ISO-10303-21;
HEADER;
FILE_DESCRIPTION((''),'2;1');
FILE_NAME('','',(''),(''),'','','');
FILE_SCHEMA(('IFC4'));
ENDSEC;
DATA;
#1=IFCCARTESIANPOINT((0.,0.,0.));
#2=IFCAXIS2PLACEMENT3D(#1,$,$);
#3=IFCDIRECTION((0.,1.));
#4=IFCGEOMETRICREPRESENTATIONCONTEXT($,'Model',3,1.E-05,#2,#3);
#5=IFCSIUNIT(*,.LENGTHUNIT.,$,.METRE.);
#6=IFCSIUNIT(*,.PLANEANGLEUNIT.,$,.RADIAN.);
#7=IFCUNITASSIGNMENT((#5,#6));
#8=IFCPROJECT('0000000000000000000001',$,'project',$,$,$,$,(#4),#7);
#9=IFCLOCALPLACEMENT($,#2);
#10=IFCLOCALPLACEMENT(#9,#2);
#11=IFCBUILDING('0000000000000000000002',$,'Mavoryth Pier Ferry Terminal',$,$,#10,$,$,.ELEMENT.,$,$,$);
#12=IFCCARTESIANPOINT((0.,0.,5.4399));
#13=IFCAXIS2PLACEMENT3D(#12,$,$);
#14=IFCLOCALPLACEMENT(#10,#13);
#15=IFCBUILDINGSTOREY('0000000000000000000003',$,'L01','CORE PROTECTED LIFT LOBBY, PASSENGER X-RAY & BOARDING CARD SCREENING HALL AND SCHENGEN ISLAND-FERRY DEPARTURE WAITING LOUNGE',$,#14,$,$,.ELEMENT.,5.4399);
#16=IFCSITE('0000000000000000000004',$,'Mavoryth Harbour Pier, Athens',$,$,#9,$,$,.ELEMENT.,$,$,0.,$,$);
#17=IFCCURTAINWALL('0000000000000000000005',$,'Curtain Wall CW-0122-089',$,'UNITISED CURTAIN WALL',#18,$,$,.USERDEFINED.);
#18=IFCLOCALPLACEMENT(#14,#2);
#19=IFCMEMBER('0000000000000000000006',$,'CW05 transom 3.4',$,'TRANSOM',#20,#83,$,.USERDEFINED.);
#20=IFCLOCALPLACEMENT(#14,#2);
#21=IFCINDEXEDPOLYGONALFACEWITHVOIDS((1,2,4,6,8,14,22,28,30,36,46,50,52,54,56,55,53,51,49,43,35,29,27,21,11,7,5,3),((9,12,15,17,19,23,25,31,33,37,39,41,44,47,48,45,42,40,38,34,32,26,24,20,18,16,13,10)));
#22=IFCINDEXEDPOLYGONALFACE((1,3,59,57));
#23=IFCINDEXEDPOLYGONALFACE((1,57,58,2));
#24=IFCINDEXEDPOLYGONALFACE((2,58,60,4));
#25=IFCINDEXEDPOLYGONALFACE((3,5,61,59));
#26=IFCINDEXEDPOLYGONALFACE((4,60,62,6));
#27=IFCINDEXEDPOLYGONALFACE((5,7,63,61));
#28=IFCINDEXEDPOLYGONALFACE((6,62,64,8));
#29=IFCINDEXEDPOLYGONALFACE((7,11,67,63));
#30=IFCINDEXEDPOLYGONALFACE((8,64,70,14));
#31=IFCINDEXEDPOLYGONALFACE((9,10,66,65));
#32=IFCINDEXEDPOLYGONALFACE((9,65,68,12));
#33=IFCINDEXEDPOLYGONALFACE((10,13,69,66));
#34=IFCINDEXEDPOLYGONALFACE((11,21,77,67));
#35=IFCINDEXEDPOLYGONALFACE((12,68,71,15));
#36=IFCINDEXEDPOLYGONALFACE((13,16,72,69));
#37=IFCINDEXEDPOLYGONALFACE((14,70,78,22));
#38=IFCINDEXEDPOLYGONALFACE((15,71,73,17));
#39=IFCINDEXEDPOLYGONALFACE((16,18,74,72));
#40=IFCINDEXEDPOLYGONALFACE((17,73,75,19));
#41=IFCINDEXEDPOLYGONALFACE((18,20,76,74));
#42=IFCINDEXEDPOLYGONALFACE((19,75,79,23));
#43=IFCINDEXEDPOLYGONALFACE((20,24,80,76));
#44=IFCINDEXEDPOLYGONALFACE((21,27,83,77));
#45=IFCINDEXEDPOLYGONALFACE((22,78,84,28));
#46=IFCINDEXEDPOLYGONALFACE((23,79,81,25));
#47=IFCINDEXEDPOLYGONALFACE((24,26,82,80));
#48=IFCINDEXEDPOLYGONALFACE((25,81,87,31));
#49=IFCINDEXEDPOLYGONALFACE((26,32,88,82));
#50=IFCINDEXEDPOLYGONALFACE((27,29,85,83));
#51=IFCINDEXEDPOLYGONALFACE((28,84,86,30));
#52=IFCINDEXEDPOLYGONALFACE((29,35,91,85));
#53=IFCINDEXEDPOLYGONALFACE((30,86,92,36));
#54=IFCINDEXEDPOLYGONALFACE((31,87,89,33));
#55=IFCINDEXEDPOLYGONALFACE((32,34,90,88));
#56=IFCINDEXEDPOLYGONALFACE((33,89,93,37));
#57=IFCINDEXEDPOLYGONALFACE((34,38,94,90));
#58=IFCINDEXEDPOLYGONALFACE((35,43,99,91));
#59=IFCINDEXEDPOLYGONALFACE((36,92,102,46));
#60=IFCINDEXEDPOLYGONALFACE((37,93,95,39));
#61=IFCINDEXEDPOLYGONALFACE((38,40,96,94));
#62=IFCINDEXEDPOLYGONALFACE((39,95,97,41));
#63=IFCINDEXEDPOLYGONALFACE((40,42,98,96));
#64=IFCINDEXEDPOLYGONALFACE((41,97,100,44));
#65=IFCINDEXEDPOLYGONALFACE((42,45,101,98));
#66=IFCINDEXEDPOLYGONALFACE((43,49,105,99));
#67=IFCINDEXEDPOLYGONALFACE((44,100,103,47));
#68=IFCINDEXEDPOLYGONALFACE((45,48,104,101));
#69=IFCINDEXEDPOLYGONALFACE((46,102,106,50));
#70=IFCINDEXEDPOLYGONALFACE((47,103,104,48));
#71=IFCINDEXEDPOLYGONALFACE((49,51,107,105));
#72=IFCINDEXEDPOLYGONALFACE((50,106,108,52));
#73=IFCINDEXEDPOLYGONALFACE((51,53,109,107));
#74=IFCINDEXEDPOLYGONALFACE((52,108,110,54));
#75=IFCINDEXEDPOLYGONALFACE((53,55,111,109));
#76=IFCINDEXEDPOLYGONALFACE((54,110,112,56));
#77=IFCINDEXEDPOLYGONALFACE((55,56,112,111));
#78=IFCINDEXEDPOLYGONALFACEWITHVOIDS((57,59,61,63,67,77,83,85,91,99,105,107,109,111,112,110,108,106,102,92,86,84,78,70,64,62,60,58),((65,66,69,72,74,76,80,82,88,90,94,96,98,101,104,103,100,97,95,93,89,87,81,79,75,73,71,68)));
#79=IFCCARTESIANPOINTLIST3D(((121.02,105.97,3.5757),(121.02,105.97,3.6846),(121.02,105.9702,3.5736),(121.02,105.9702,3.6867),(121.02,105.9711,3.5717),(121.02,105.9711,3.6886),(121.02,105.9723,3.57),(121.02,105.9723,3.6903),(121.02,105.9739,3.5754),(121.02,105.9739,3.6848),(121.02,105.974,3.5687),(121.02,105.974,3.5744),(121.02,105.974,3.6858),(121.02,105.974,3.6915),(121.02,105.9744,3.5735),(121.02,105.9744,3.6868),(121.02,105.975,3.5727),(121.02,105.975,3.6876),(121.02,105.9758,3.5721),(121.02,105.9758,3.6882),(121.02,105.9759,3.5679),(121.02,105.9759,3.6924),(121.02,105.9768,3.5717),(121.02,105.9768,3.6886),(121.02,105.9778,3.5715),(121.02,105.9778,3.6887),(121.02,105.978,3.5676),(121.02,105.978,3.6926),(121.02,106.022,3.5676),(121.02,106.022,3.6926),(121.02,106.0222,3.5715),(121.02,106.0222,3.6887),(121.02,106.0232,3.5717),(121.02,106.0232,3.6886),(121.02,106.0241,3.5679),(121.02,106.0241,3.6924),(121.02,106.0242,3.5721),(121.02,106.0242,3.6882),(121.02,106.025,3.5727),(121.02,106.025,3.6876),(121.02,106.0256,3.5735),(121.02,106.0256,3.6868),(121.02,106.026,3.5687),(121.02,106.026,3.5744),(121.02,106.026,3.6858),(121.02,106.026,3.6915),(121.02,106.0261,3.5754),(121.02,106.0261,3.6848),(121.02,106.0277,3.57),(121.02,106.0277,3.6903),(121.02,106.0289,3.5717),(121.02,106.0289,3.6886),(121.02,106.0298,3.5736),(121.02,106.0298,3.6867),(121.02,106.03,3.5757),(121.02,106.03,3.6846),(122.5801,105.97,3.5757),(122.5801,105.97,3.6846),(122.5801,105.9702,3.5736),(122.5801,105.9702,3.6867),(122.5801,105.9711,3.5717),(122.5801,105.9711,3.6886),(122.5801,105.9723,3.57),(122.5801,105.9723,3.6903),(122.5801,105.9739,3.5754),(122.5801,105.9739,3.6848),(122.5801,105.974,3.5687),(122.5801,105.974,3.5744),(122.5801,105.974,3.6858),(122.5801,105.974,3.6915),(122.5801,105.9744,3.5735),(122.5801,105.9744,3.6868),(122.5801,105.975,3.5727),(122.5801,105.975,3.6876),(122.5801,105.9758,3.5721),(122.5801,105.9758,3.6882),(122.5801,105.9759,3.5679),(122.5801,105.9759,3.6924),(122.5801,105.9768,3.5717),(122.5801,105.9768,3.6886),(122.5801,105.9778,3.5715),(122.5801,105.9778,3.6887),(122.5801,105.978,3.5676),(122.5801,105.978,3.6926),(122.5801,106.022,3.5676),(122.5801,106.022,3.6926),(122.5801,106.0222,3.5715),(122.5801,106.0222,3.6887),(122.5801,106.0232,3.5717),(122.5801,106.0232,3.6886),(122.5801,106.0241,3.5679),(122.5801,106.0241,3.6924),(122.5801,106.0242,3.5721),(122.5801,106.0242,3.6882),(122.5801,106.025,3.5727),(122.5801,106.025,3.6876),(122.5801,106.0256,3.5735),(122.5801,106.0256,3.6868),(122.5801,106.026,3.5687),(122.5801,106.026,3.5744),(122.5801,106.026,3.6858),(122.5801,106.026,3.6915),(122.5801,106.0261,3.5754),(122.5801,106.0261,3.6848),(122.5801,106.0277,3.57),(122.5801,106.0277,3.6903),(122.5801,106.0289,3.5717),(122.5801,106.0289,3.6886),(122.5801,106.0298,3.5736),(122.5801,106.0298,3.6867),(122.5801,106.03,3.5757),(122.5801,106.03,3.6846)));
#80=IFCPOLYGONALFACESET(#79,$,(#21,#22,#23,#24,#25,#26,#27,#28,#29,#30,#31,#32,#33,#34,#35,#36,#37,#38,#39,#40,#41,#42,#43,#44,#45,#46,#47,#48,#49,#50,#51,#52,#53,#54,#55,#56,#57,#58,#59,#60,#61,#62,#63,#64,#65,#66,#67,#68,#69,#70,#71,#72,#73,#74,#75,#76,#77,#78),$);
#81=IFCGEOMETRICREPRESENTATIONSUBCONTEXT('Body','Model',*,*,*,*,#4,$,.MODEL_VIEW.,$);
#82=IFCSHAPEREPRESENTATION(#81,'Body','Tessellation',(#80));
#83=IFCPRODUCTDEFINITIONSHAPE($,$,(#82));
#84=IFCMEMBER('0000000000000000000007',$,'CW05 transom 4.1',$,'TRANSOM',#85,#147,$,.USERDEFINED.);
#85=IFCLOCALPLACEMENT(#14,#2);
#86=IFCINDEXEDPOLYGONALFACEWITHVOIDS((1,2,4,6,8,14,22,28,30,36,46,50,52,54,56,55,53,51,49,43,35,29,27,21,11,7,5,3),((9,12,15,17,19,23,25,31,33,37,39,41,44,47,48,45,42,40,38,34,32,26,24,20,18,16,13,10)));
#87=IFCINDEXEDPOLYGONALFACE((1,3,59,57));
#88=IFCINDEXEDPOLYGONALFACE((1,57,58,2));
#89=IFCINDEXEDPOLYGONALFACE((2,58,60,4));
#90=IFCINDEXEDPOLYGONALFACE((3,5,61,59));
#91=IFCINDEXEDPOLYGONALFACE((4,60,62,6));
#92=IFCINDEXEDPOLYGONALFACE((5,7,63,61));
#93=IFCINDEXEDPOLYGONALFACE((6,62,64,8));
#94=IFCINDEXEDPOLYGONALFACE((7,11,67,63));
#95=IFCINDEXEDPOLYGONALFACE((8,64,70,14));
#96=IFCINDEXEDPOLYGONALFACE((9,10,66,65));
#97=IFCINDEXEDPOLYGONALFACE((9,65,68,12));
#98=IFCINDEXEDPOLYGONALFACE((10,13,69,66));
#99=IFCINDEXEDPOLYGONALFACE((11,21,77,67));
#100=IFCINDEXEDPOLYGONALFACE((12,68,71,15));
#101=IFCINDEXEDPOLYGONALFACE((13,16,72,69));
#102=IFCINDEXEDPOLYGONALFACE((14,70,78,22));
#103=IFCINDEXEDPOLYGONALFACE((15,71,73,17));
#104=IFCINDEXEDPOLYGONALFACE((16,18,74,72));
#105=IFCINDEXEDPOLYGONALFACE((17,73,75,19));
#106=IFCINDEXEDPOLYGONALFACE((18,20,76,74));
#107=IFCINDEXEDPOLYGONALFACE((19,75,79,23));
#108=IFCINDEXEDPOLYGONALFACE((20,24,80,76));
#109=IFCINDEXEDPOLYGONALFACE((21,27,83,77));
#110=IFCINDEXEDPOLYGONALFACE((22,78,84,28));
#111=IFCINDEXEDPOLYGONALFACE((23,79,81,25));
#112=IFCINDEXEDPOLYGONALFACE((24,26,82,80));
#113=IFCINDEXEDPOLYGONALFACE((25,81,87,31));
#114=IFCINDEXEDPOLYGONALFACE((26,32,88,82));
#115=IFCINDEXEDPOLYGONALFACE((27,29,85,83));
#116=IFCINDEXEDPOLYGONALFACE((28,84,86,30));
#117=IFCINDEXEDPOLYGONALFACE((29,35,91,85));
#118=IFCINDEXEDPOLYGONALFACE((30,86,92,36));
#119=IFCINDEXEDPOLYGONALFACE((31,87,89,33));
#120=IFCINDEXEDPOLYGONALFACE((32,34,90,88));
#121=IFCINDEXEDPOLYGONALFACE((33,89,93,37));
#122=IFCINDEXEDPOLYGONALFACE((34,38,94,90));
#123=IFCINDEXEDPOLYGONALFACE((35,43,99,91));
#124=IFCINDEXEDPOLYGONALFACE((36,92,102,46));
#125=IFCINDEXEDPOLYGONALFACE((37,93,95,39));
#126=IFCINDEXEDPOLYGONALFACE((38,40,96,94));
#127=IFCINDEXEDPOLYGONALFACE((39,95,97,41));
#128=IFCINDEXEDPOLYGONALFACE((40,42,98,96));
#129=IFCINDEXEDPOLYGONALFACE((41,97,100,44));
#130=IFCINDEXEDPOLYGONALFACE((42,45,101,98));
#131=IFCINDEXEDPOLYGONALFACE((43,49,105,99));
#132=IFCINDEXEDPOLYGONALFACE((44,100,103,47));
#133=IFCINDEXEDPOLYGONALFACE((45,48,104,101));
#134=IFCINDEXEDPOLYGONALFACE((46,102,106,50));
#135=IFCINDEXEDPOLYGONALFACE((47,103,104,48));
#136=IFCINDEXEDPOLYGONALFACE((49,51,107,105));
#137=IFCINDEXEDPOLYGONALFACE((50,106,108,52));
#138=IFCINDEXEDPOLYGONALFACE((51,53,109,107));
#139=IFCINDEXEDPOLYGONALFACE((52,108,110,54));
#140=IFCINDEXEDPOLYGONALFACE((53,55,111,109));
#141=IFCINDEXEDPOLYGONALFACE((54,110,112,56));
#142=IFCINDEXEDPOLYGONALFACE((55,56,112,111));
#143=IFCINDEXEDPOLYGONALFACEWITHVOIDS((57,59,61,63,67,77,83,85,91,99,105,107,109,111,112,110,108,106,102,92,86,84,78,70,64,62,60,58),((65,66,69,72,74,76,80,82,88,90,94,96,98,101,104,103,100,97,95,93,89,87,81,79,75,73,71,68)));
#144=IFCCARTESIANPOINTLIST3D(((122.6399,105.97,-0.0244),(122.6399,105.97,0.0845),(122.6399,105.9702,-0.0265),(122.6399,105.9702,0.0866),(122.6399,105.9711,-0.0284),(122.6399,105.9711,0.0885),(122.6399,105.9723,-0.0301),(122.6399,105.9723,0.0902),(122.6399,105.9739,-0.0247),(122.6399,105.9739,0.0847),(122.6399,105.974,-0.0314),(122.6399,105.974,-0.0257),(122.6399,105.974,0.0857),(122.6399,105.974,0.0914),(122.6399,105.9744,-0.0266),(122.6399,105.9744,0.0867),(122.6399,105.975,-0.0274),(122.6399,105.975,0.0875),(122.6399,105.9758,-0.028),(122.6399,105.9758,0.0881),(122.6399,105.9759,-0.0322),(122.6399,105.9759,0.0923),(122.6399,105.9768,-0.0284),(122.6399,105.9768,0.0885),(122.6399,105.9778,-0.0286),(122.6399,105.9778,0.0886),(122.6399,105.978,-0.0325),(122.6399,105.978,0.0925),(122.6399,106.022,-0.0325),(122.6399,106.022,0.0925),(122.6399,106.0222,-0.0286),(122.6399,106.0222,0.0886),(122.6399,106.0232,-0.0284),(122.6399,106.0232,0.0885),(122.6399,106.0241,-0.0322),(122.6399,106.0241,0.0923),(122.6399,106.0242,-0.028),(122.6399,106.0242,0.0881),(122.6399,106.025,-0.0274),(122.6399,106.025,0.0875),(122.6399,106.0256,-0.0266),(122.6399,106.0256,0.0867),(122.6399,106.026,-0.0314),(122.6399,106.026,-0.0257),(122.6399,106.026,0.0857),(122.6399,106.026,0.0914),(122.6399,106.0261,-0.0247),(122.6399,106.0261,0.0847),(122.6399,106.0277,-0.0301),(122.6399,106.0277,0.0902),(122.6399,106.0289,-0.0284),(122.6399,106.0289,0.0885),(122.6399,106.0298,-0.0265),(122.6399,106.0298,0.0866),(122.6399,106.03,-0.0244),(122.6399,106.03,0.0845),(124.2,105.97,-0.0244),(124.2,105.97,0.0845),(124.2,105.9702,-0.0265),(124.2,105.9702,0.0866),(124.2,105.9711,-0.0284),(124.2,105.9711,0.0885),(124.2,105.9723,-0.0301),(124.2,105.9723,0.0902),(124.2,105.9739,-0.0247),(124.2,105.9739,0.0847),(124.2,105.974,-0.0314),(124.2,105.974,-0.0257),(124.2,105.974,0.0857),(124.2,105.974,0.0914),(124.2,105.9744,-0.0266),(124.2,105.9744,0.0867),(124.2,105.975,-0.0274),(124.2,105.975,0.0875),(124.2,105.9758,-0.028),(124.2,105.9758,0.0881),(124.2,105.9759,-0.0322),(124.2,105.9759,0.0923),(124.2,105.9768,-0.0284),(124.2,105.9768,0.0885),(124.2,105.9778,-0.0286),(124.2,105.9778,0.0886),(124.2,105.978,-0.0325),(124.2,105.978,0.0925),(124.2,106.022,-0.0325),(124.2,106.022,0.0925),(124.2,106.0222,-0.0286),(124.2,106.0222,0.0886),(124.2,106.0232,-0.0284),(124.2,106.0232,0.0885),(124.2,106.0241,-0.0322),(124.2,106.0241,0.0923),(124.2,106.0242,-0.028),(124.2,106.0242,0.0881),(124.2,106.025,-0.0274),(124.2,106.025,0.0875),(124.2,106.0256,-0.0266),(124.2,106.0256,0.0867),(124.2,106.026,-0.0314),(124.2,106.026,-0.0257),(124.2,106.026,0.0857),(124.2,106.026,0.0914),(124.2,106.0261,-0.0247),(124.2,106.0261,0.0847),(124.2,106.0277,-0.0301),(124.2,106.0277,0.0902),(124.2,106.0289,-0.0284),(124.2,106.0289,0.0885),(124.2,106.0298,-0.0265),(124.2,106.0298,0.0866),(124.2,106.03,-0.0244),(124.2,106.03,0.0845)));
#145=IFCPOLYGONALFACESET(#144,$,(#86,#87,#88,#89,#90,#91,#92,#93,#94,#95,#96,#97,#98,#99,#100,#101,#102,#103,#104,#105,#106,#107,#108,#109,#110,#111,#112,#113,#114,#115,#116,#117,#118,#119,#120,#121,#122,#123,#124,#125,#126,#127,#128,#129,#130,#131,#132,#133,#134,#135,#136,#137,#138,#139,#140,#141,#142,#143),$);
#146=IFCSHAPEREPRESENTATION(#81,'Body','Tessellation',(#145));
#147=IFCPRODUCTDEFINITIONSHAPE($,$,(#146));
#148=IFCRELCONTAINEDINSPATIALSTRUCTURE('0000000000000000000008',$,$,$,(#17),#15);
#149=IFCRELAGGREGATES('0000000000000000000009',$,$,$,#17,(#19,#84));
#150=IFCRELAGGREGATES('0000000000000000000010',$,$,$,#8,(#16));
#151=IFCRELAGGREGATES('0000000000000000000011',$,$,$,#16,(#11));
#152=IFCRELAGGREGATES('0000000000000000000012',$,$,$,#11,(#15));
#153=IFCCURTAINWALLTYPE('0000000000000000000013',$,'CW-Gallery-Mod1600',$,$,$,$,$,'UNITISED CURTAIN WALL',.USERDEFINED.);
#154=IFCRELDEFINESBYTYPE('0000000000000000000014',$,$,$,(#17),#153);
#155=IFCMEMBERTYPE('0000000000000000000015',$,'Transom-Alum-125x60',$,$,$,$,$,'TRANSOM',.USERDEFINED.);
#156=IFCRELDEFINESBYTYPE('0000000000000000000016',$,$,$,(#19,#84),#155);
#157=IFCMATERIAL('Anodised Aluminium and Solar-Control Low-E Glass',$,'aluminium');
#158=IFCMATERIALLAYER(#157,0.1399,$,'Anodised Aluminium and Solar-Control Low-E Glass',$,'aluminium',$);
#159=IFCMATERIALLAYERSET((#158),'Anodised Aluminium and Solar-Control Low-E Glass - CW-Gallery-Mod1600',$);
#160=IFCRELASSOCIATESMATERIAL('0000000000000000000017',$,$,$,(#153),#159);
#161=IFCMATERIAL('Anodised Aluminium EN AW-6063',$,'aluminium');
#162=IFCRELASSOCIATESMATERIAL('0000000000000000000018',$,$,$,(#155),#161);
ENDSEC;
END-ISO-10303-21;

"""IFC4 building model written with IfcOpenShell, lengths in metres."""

from ifc_helpers import new_model, si_unit, direction, frame, origin, origin_2d, place, context, subcontext, project, spatial, hollow_rectangle, extrude, material, layer, layer_set, material_profile, profile_set, type_object, element, aggregate, save


model = new_model("IFC4")

# Units and contexts
model_context = context("Model", 3, precision=1e-05, world=origin(), true_north=direction((0.0, 1.0)))
body_context = subcontext(model_context, "Body", "Model", "MODEL_VIEW")
ifc_project = project(units=[si_unit("LENGTHUNIT", "METRE"), si_unit("PLANEANGLEUNIT", "RADIAN")], contexts=[model_context])

# Site, building, storey
site_placement = place(None, origin())
site = spatial("IfcSite", under=ifc_project, at=site_placement, Name="Mavoryth Harbour Pier, Athens", CompositionType="ELEMENT", RefElevation=0.0)
building_placement = place(site_placement, origin())
building = spatial("IfcBuilding", under=site, at=building_placement, Name="Mavoryth Pier Ferry Terminal", CompositionType="ELEMENT")
storey_placement = place(building_placement, frame((0.0, 0.0, 5.4399)))
storey = spatial("IfcBuildingStorey", under=building, at=storey_placement, Name="L01", Description="CORE PROTECTED LIFT LOBBY, PASSENGER X-RAY & BOARDING CARD SCREENING HALL AND SCHENGEN ISLAND-FERRY DEPARTURE WAITING LOUNGE", CompositionType="ELEMENT", Elevation=5.4399)

# Curtain wall, members
ifc_material_1 = material(Name="Anodised Aluminium and Solar-Control Low-E Glass", Category="aluminium")
ifc_layer_1 = layer(ifc_material_1, 0.1399, Name="Anodised Aluminium and Solar-Control Low-E Glass", Category="aluminium")
ifc_layer_set_1 = layer_set([ifc_layer_1], Name="Anodised Aluminium and Solar-Control Low-E Glass - CW-Gallery-Mod1600")
curtain_wall_type = type_object("IfcCurtainWallType", Name="CW-Gallery-Mod1600", ElementType="UNITISED CURTAIN WALL", PredefinedType="USERDEFINED", material=ifc_layer_set_1)
curtain_wall_1_placement = place(storey_placement, origin())
curtain_wall_1 = element("IfcCurtainWall", 1, at=curtain_wall_1_placement, inside=storey, type_object=curtain_wall_type, Name="Curtain Wall CW-0122-089", ObjectType="UNITISED CURTAIN WALL", PredefinedType="USERDEFINED")
ifc_material_2 = material(Name="Anodised Aluminium EN AW-6063", Category="aluminium")
ifc_material_profile_1 = material_profile(ifc_material_2, hollow_rectangle(XDim=0.0601, YDim=0.125, WallThickness=0.0039, InnerFilletRadius=0.0039, OuterFilletRadius=0.0081, at=origin_2d()), Name="AL-TRAN 125x60x4", Category="aluminium")
ifc_profile_set_1 = profile_set([ifc_material_profile_1], Name="Anodised Aluminium EN AW-6063 - AL-TRAN 125x60x4")
member_type_1 = type_object("IfcMemberType", Name="Transom-Alum-125x60", ElementType="TRANSOM", PredefinedType="USERDEFINED", material=ifc_profile_set_1)
member_1_placement = place(storey_placement, frame((121.02, 106.0, 3.6301), z_axis=(1.0, 0.0, 0.0), x_axis=(0.0, 1.0, 0.0)))
member_1 = element("IfcMember", 2, at=member_1_placement, type_object=member_type_1, Name="CW05 transom 3.4", ObjectType="TRANSOM", PredefinedType="USERDEFINED", context=body_context, shape_type="SweptSolid", body=[
    extrude(hollow_rectangle(XDim=0.0601, YDim=0.125, WallThickness=0.0039, InnerFilletRadius=0.0039, OuterFilletRadius=0.0081, at=origin_2d()), origin(), (0.0, 0.0, 1.0), 1.5601),
])
member_2_placement = place(storey_placement, frame((122.6399, 106.0, 0.03), z_axis=(1.0, 0.0, 0.0), x_axis=(0.0, 1.0, 0.0)))
member_2 = element("IfcMember", 3, at=member_2_placement, type_object=member_type_1, Name="CW05 transom 4.1", ObjectType="TRANSOM", PredefinedType="USERDEFINED", context=body_context, shape_type="SweptSolid", body=[
    extrude(hollow_rectangle(XDim=0.0601, YDim=0.125, WallThickness=0.0039, InnerFilletRadius=0.0039, OuterFilletRadius=0.0081, at=origin_2d()), origin(), (0.0, 0.0, 1.0), 1.5601),
])

aggregate(curtain_wall_1, [member_1, member_2])

save(model, "model.ifc")
